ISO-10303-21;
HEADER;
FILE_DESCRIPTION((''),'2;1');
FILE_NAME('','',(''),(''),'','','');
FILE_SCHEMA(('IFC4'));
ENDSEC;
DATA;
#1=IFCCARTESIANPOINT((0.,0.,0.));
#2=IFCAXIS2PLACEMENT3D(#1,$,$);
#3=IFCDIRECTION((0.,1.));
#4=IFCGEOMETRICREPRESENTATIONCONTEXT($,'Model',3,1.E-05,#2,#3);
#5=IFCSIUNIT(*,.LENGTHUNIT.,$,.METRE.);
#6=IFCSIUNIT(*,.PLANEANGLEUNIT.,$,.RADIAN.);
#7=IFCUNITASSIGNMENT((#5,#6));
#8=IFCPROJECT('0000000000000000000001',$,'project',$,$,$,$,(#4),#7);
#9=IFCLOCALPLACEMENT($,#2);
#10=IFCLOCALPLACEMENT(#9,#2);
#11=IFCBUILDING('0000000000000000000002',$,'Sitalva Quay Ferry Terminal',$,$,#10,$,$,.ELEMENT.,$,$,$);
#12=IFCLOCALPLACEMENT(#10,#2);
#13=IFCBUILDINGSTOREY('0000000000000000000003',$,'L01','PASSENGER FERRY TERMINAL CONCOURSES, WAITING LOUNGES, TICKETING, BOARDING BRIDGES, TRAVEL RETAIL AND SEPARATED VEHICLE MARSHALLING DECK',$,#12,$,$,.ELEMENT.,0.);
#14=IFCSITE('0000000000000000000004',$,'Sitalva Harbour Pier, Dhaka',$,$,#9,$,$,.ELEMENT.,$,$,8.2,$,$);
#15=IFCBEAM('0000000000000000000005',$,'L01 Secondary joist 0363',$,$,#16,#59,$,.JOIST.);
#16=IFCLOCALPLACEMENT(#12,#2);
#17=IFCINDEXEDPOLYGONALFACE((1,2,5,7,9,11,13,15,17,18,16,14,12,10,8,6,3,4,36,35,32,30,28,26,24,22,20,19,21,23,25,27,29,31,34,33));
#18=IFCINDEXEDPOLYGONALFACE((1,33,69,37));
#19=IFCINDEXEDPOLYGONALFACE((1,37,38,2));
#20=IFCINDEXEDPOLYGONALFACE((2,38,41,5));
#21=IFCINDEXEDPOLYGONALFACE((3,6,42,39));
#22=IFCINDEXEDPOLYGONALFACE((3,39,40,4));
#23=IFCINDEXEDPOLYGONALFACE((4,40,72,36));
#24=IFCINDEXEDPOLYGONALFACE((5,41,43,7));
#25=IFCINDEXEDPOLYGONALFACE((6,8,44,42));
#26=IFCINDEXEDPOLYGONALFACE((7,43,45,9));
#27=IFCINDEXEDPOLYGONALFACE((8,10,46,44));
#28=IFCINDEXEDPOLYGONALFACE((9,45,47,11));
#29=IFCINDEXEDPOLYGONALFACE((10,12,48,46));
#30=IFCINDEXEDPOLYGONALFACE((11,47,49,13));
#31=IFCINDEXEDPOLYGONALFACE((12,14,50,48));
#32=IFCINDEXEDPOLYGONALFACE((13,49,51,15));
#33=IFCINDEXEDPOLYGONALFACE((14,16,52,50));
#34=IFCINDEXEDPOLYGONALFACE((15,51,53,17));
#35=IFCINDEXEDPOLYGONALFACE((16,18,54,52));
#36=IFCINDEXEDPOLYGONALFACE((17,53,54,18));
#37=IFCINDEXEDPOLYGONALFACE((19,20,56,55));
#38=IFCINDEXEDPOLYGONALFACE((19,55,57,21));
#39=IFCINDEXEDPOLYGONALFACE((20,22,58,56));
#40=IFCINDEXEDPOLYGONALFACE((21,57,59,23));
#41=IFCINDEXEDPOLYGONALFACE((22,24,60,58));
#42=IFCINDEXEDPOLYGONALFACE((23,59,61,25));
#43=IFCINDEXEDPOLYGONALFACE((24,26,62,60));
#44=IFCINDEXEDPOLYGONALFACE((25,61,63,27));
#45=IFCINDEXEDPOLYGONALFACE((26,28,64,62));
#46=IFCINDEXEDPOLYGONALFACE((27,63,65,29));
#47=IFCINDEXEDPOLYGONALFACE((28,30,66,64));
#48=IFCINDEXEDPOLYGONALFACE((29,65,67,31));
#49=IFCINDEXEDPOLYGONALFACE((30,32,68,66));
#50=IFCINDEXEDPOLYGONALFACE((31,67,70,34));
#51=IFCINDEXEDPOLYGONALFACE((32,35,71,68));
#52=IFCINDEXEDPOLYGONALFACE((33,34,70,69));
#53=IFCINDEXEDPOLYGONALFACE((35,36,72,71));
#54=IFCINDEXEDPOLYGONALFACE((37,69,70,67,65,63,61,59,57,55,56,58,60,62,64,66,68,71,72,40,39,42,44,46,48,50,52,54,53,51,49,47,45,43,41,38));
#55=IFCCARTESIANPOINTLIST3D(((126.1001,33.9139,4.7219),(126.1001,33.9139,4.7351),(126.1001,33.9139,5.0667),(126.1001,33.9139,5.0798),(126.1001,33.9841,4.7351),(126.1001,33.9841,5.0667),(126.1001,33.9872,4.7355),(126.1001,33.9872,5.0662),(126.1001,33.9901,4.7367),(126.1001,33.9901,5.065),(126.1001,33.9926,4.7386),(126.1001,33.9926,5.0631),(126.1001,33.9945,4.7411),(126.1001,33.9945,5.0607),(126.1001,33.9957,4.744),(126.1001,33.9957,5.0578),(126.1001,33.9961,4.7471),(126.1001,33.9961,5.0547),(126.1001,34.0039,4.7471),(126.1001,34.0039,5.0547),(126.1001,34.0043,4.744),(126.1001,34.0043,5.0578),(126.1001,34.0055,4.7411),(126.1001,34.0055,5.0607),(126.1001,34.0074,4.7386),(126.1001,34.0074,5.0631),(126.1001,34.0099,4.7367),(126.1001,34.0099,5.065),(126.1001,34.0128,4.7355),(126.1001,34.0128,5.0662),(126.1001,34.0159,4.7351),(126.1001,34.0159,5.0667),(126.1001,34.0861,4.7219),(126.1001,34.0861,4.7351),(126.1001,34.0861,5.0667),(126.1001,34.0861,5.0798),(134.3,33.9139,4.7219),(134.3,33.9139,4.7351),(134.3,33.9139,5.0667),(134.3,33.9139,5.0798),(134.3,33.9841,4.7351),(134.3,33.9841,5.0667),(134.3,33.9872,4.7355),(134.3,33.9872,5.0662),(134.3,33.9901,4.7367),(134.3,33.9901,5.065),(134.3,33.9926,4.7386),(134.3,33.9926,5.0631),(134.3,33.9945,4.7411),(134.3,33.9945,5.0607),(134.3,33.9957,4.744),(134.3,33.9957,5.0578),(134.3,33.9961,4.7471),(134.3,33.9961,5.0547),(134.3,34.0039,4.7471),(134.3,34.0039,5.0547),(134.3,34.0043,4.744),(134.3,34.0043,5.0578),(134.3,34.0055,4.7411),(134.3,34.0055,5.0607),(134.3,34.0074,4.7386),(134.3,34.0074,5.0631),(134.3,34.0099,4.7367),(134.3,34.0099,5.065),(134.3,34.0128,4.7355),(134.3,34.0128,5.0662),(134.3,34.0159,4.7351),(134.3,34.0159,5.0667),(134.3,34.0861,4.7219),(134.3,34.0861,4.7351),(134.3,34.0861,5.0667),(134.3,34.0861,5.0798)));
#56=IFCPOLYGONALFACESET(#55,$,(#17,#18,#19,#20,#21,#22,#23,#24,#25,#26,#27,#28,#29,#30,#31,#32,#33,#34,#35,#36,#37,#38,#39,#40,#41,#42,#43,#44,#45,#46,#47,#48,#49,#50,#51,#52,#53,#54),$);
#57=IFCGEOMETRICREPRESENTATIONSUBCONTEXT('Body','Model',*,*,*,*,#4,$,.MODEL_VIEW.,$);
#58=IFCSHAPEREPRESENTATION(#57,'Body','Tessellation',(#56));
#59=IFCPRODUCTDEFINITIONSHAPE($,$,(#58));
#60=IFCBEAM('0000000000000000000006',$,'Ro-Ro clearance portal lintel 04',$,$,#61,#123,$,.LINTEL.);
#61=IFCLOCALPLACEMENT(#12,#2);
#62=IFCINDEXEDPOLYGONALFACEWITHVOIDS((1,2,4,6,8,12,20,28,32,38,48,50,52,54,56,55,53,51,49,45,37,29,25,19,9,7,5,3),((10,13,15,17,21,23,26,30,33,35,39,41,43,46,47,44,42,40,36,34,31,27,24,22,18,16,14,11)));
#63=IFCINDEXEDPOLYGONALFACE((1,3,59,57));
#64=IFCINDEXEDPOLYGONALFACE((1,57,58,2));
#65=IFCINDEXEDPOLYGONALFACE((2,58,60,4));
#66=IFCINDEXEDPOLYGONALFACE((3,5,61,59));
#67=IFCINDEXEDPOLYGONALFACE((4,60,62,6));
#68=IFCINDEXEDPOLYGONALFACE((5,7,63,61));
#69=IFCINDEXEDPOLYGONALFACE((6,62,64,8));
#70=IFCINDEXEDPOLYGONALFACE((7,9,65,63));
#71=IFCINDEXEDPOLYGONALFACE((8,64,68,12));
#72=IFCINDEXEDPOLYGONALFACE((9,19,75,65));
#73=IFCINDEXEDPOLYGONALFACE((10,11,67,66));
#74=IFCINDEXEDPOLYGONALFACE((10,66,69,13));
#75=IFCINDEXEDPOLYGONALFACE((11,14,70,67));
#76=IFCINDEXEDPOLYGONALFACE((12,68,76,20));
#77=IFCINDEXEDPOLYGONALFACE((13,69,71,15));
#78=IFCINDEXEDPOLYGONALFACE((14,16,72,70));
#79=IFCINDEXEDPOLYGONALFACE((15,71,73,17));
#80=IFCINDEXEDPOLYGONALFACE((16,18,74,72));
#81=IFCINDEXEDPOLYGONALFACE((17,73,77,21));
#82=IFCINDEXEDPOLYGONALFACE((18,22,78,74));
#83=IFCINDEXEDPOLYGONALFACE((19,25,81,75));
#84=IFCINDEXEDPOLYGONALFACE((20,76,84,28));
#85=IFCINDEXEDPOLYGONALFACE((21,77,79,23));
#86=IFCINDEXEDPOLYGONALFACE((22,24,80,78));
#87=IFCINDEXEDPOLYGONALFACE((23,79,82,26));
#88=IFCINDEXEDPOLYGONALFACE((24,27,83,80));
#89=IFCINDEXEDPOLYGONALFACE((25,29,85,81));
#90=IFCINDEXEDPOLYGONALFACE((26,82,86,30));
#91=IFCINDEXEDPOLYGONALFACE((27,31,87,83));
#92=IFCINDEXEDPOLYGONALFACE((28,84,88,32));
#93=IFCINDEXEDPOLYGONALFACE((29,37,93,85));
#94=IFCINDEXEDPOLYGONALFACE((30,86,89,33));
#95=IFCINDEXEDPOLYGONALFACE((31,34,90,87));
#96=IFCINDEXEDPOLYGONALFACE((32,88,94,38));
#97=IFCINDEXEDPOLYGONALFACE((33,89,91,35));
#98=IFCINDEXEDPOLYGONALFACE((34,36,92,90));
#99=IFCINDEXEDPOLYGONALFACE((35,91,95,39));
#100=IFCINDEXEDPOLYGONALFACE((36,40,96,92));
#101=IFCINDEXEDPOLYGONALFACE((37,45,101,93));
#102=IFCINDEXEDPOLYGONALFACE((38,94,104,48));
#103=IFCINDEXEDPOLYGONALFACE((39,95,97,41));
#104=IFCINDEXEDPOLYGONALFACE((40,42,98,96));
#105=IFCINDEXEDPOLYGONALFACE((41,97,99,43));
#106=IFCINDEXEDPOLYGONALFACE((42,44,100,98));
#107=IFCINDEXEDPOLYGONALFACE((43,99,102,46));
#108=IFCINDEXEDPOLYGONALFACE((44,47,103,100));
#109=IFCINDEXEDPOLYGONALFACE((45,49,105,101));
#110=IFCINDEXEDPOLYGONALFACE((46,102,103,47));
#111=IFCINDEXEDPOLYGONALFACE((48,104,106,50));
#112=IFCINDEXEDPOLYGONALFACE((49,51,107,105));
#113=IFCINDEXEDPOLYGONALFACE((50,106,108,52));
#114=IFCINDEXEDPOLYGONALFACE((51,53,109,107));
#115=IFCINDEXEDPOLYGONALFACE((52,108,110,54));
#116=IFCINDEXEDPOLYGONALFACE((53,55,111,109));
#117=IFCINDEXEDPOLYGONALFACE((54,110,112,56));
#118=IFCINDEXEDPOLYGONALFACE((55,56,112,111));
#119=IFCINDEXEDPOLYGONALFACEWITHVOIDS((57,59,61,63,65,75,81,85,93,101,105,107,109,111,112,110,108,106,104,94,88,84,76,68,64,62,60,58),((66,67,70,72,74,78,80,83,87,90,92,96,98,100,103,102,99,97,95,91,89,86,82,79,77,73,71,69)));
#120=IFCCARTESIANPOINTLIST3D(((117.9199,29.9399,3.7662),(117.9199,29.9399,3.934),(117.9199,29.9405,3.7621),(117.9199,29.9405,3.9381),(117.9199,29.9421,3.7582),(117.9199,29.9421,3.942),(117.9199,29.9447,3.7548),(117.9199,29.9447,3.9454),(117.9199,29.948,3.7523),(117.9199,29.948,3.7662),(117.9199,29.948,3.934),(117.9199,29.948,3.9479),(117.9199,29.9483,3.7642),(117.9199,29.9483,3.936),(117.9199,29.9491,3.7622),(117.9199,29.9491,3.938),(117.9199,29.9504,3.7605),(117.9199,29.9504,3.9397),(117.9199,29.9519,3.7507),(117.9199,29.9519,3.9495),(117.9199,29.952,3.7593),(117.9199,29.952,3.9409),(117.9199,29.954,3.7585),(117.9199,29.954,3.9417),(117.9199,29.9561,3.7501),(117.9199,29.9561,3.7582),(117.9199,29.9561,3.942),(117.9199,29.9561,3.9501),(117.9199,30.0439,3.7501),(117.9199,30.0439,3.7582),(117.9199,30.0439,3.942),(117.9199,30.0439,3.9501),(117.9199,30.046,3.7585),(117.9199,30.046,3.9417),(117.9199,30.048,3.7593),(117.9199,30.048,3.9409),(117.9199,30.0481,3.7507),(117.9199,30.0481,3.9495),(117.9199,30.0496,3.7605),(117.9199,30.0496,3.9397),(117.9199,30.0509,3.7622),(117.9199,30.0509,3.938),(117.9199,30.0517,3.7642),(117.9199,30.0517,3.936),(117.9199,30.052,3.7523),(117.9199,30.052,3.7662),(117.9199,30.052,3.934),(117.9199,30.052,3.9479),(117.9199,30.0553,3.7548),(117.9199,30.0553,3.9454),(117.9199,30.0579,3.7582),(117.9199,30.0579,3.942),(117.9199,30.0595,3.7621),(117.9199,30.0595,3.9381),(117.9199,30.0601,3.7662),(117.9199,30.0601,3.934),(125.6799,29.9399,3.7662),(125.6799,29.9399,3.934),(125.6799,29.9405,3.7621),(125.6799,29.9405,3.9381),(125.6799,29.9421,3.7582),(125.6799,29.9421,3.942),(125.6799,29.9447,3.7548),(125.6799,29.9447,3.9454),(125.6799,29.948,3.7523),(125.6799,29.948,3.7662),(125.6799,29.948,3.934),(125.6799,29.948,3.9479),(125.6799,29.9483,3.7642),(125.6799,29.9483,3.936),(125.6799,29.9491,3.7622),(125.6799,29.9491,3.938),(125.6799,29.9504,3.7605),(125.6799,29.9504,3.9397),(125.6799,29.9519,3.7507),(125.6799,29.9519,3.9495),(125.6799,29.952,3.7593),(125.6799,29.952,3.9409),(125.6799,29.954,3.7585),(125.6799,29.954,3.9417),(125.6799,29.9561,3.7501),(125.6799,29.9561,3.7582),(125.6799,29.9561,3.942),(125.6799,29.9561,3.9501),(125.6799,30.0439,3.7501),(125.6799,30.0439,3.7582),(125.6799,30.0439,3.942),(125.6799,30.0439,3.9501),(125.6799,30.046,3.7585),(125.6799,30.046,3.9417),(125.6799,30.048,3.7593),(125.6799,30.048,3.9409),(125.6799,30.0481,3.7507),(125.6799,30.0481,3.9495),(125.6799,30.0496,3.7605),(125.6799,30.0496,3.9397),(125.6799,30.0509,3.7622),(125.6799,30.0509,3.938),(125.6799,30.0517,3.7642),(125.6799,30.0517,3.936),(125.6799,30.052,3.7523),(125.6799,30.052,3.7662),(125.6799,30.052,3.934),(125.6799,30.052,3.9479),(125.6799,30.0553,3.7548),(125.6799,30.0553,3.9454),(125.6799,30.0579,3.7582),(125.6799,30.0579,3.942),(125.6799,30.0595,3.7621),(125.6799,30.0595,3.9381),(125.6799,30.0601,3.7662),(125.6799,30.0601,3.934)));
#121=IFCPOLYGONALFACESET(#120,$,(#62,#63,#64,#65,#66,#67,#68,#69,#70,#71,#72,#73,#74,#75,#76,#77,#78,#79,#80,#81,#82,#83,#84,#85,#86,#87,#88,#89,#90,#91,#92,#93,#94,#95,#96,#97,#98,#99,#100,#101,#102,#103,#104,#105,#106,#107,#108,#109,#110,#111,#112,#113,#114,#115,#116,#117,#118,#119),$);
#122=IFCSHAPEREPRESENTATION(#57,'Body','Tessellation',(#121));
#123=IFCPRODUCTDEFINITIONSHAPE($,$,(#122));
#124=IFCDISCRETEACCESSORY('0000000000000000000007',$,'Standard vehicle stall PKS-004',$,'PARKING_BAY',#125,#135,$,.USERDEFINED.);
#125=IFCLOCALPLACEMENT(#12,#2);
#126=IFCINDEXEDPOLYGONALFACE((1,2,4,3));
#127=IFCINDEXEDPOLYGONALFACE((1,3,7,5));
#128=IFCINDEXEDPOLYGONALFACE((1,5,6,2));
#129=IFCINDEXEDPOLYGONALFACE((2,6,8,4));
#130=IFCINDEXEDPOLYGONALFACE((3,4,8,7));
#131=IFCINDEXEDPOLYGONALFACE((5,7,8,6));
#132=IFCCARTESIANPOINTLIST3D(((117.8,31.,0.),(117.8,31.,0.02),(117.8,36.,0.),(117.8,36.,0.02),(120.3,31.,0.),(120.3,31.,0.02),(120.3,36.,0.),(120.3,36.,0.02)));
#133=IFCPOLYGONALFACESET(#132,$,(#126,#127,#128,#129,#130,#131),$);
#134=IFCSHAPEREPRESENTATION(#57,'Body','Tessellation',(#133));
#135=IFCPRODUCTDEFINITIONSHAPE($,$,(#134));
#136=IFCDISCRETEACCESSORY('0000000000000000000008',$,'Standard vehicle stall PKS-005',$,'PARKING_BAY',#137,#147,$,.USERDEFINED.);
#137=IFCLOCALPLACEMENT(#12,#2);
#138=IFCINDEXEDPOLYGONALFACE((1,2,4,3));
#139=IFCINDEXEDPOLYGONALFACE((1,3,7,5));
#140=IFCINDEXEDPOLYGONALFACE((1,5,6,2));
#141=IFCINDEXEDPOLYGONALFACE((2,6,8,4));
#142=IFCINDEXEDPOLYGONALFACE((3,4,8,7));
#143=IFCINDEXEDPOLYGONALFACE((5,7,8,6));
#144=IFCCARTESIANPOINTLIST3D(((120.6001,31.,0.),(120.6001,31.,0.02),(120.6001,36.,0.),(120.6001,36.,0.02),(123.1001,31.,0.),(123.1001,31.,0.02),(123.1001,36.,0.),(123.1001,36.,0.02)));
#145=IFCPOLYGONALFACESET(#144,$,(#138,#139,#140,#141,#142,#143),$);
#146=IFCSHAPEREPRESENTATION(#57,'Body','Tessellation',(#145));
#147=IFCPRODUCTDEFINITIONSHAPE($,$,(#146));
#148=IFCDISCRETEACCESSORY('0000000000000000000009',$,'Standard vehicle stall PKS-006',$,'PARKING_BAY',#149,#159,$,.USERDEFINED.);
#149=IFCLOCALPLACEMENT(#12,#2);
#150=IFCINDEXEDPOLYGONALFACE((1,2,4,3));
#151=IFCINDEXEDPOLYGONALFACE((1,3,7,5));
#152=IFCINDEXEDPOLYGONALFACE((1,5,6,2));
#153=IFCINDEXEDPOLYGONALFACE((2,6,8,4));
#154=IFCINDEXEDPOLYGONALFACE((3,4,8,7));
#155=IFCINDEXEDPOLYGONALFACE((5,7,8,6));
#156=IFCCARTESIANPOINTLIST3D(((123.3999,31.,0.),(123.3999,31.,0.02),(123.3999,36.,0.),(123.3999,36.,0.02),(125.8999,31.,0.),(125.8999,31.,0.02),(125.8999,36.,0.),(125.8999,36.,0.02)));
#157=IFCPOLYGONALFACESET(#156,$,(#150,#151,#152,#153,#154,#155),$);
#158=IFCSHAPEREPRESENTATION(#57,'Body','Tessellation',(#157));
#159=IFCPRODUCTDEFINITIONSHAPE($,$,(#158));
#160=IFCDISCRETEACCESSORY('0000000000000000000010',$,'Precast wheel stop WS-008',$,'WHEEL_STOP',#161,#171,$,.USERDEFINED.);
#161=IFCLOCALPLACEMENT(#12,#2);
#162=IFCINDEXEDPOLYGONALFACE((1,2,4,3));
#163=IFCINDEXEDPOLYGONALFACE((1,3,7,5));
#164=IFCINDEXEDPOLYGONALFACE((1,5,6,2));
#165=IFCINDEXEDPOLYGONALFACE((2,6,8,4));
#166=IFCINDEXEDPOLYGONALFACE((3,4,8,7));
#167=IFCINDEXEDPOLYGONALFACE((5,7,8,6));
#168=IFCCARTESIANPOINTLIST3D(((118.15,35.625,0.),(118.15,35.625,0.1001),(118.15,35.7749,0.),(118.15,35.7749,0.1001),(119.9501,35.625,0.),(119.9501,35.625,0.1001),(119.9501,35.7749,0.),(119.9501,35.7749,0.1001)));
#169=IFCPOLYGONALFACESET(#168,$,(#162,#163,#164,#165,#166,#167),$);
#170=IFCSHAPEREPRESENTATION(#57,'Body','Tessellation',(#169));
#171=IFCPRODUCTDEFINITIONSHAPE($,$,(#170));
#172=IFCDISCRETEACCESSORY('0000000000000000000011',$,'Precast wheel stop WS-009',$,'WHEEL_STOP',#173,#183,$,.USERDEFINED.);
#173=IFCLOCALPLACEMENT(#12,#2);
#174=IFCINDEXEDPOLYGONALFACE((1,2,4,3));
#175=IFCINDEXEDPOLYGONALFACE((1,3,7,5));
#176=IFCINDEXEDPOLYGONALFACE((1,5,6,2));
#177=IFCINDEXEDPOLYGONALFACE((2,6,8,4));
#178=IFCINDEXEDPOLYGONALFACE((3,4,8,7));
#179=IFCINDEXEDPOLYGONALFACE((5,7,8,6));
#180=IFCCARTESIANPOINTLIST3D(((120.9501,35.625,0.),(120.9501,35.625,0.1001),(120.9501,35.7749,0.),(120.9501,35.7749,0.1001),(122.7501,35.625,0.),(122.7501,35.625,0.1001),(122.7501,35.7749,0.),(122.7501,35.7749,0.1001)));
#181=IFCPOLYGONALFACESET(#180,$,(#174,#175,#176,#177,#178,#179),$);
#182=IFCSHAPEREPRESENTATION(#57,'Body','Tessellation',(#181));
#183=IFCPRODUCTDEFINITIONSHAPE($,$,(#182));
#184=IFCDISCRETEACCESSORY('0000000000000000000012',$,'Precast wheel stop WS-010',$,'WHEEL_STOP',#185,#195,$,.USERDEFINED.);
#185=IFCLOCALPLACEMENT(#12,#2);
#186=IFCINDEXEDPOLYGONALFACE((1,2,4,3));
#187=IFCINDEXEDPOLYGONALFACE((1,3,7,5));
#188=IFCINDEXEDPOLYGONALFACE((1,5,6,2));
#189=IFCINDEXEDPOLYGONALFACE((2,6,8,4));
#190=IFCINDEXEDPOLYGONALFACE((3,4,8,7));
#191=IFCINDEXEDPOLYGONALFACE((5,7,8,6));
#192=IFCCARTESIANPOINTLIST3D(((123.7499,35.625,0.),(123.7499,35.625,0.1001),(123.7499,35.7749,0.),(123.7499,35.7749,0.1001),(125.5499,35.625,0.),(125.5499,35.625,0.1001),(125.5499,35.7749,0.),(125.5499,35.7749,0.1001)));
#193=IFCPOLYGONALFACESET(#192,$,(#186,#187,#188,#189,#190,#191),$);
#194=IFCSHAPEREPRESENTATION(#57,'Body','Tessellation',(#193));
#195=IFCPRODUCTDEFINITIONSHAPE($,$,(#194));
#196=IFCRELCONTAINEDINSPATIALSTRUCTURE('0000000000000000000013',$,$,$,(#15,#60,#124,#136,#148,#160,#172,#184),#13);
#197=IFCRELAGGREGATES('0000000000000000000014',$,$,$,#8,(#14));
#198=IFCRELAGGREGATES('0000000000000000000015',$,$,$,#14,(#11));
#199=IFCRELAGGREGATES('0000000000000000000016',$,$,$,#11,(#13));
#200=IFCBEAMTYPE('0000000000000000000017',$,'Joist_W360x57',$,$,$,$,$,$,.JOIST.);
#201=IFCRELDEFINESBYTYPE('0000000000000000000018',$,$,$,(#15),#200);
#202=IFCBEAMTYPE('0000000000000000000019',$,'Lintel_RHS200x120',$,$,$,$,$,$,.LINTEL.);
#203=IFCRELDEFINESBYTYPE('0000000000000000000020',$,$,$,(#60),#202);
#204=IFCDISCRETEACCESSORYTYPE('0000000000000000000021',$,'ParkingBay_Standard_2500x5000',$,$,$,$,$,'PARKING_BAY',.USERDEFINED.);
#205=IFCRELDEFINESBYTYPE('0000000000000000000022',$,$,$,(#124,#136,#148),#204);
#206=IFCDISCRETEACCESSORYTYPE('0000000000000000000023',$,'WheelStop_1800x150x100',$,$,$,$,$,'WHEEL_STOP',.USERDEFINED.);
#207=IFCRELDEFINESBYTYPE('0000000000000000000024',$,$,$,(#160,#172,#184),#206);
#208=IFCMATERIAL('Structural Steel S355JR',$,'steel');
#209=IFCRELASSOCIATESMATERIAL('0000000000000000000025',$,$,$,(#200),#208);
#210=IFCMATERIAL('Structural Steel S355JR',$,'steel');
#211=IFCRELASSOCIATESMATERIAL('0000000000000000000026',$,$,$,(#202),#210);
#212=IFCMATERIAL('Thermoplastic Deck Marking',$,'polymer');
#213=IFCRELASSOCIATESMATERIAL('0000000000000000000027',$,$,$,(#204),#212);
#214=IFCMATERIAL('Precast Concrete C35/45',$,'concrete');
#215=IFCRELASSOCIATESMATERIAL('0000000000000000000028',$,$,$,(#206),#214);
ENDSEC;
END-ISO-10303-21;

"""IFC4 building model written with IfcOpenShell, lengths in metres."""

from ifc_helpers import new_model, si_unit, direction, frame, origin, origin_2d, place, context, subcontext, project, spatial, rectangle, hollow_rectangle, i_section, extrude, material, material_profile, profile_set, type_object, element, save


model = new_model("IFC4")

# Units and contexts
model_context = context("Model", 3, precision=1e-05, world=origin(), true_north=direction((0.0, 1.0)))
body_context = subcontext(model_context, "Body", "Model", "MODEL_VIEW")
ifc_project = project(units=[si_unit("LENGTHUNIT", "METRE"), si_unit("PLANEANGLEUNIT", "RADIAN")], contexts=[model_context])

# Site, building, storey
site_placement = place(None, origin())
site = spatial("IfcSite", under=ifc_project, at=site_placement, Name="Sitalva Harbour Pier, Dhaka", CompositionType="ELEMENT", RefElevation=8.2)
building_placement = place(site_placement, origin())
building = spatial("IfcBuilding", under=site, at=building_placement, Name="Sitalva Quay Ferry Terminal", CompositionType="ELEMENT")
storey_placement = place(building_placement, origin())
storey = spatial("IfcBuildingStorey", under=building, at=storey_placement, Name="L01", Description="PASSENGER FERRY TERMINAL CONCOURSES, WAITING LOUNGES, TICKETING, BOARDING BRIDGES, TRAVEL RETAIL AND SEPARATED VEHICLE MARSHALLING DECK", CompositionType="ELEMENT", Elevation=0.0)

# Beams
ifc_material_1 = material(Name="Structural Steel S355JR", Category="steel")
ifc_material_profile_1 = material_profile(ifc_material_1, i_section(OverallWidth=0.1721, OverallDepth=0.3579, WebThickness=0.0078, FlangeThickness=0.0132, FilletRadius=0.012, at=origin_2d()), Name="W360x57")
ifc_profile_set_1 = profile_set([ifc_material_profile_1], Name="Structural Steel S355JR")
beam_type_1 = type_object("IfcBeamType", Name="Joist_W360x57", PredefinedType="JOIST", material=ifc_profile_set_1)
for number, where, z_axis, x_axis, name in (
    (1, (126.1001, 34.0, 4.9009), (1.0, 0.0, 0.0), (0.0, 1.0, 0.0), "L01 Secondary joist 0363"),
):
    element("IfcBeam", number, at=place(storey_placement, frame(where, z_axis=z_axis, x_axis=x_axis)), inside=storey, type_object=beam_type_1, Name=name, PredefinedType="JOIST", context=body_context, shape_type="SweptSolid", body=[
        extrude(i_section(OverallWidth=0.1721, OverallDepth=0.3579, WebThickness=0.0078, FlangeThickness=0.0132, FilletRadius=0.012, at=origin_2d()), origin(), (0.0, 0.0, 1.0), 8.2),
    ])
ifc_material_2 = material(Name="Structural Steel S355JR", Category="steel")
ifc_material_profile_2 = material_profile(ifc_material_2, hollow_rectangle(XDim=0.1201, YDim=0.2, WallThickness=0.0081, InnerFilletRadius=0.0081, OuterFilletRadius=0.0161, at=origin_2d()), Name="RHS200x120x8")
ifc_profile_set_2 = profile_set([ifc_material_profile_2], Name="Structural Steel S355JR")
beam_type_2 = type_object("IfcBeamType", Name="Lintel_RHS200x120", PredefinedType="LINTEL", material=ifc_profile_set_2)
beam_1_placement = place(storey_placement, frame((117.9199, 30.0, 3.8501), z_axis=(1.0, 0.0, 0.0), x_axis=(0.0, 1.0, 0.0)))
element("IfcBeam", 2, at=beam_1_placement, inside=storey, type_object=beam_type_2, Name="Ro-Ro clearance portal lintel 04", PredefinedType="LINTEL", context=body_context, shape_type="SweptSolid", body=[
    extrude(hollow_rectangle(XDim=0.1201, YDim=0.2, WallThickness=0.0081, InnerFilletRadius=0.0081, OuterFilletRadius=0.0161, at=origin_2d()), origin(), (0.0, 0.0, 1.0), 7.76),
])

# Discrete accessories
ifc_material_3 = material(Name="Thermoplastic Deck Marking", Category="polymer")
discrete_accessory_type_1 = type_object("IfcDiscreteAccessoryType", Name="ParkingBay_Standard_2500x5000", ElementType="PARKING_BAY", PredefinedType="USERDEFINED", material=ifc_material_3)
for number, where, z_axis, x_axis, name in (
    (3, (119.05, 33.5, 0.0), (0.0, 0.0, 1.0), (1.0, 0.0, 0.0), "Standard vehicle stall PKS-004"),
    (4, (121.8501, 33.5, 0.0), (0.0, 0.0, 1.0), (1.0, 0.0, 0.0), "Standard vehicle stall PKS-005"),
    (5, (124.6499, 33.5, 0.0), (0.0, 0.0, 1.0), (1.0, 0.0, 0.0), "Standard vehicle stall PKS-006"),
):
    element("IfcDiscreteAccessory", number, at=place(storey_placement, frame(where, z_axis=z_axis, x_axis=x_axis)), inside=storey, type_object=discrete_accessory_type_1, Name=name, ObjectType="PARKING_BAY", PredefinedType="USERDEFINED", context=body_context, shape_type="SweptSolid", body=[
        extrude(rectangle(XDim=2.5, YDim=5.0, at=origin_2d()), origin(), (0.0, 0.0, 1.0), 0.02),
    ])
ifc_material_4 = material(Name="Precast Concrete C35/45", Category="concrete")
discrete_accessory_type_2 = type_object("IfcDiscreteAccessoryType", Name="WheelStop_1800x150x100", ElementType="WHEEL_STOP", PredefinedType="USERDEFINED", material=ifc_material_4)
for number, where, z_axis, x_axis, name in (
    (6, (119.05, 35.7, 0.0), (0.0, 0.0, 1.0), (1.0, 0.0, 0.0), "Precast wheel stop WS-008"),
    (7, (121.8501, 35.7, 0.0), (0.0, 0.0, 1.0), (1.0, 0.0, 0.0), "Precast wheel stop WS-009"),
    (8, (124.6499, 35.7, 0.0), (0.0, 0.0, 1.0), (1.0, 0.0, 0.0), "Precast wheel stop WS-010"),
):
    element("IfcDiscreteAccessory", number, at=place(storey_placement, frame(where, z_axis=z_axis, x_axis=x_axis)), inside=storey, type_object=discrete_accessory_type_2, Name=name, ObjectType="WHEEL_STOP", PredefinedType="USERDEFINED", context=body_context, shape_type="SweptSolid", body=[
        extrude(rectangle(XDim=1.8, YDim=0.1499, at=origin_2d()), origin(), (0.0, 0.0, 1.0), 0.1001),
    ])

save(model, "model.ifc")
